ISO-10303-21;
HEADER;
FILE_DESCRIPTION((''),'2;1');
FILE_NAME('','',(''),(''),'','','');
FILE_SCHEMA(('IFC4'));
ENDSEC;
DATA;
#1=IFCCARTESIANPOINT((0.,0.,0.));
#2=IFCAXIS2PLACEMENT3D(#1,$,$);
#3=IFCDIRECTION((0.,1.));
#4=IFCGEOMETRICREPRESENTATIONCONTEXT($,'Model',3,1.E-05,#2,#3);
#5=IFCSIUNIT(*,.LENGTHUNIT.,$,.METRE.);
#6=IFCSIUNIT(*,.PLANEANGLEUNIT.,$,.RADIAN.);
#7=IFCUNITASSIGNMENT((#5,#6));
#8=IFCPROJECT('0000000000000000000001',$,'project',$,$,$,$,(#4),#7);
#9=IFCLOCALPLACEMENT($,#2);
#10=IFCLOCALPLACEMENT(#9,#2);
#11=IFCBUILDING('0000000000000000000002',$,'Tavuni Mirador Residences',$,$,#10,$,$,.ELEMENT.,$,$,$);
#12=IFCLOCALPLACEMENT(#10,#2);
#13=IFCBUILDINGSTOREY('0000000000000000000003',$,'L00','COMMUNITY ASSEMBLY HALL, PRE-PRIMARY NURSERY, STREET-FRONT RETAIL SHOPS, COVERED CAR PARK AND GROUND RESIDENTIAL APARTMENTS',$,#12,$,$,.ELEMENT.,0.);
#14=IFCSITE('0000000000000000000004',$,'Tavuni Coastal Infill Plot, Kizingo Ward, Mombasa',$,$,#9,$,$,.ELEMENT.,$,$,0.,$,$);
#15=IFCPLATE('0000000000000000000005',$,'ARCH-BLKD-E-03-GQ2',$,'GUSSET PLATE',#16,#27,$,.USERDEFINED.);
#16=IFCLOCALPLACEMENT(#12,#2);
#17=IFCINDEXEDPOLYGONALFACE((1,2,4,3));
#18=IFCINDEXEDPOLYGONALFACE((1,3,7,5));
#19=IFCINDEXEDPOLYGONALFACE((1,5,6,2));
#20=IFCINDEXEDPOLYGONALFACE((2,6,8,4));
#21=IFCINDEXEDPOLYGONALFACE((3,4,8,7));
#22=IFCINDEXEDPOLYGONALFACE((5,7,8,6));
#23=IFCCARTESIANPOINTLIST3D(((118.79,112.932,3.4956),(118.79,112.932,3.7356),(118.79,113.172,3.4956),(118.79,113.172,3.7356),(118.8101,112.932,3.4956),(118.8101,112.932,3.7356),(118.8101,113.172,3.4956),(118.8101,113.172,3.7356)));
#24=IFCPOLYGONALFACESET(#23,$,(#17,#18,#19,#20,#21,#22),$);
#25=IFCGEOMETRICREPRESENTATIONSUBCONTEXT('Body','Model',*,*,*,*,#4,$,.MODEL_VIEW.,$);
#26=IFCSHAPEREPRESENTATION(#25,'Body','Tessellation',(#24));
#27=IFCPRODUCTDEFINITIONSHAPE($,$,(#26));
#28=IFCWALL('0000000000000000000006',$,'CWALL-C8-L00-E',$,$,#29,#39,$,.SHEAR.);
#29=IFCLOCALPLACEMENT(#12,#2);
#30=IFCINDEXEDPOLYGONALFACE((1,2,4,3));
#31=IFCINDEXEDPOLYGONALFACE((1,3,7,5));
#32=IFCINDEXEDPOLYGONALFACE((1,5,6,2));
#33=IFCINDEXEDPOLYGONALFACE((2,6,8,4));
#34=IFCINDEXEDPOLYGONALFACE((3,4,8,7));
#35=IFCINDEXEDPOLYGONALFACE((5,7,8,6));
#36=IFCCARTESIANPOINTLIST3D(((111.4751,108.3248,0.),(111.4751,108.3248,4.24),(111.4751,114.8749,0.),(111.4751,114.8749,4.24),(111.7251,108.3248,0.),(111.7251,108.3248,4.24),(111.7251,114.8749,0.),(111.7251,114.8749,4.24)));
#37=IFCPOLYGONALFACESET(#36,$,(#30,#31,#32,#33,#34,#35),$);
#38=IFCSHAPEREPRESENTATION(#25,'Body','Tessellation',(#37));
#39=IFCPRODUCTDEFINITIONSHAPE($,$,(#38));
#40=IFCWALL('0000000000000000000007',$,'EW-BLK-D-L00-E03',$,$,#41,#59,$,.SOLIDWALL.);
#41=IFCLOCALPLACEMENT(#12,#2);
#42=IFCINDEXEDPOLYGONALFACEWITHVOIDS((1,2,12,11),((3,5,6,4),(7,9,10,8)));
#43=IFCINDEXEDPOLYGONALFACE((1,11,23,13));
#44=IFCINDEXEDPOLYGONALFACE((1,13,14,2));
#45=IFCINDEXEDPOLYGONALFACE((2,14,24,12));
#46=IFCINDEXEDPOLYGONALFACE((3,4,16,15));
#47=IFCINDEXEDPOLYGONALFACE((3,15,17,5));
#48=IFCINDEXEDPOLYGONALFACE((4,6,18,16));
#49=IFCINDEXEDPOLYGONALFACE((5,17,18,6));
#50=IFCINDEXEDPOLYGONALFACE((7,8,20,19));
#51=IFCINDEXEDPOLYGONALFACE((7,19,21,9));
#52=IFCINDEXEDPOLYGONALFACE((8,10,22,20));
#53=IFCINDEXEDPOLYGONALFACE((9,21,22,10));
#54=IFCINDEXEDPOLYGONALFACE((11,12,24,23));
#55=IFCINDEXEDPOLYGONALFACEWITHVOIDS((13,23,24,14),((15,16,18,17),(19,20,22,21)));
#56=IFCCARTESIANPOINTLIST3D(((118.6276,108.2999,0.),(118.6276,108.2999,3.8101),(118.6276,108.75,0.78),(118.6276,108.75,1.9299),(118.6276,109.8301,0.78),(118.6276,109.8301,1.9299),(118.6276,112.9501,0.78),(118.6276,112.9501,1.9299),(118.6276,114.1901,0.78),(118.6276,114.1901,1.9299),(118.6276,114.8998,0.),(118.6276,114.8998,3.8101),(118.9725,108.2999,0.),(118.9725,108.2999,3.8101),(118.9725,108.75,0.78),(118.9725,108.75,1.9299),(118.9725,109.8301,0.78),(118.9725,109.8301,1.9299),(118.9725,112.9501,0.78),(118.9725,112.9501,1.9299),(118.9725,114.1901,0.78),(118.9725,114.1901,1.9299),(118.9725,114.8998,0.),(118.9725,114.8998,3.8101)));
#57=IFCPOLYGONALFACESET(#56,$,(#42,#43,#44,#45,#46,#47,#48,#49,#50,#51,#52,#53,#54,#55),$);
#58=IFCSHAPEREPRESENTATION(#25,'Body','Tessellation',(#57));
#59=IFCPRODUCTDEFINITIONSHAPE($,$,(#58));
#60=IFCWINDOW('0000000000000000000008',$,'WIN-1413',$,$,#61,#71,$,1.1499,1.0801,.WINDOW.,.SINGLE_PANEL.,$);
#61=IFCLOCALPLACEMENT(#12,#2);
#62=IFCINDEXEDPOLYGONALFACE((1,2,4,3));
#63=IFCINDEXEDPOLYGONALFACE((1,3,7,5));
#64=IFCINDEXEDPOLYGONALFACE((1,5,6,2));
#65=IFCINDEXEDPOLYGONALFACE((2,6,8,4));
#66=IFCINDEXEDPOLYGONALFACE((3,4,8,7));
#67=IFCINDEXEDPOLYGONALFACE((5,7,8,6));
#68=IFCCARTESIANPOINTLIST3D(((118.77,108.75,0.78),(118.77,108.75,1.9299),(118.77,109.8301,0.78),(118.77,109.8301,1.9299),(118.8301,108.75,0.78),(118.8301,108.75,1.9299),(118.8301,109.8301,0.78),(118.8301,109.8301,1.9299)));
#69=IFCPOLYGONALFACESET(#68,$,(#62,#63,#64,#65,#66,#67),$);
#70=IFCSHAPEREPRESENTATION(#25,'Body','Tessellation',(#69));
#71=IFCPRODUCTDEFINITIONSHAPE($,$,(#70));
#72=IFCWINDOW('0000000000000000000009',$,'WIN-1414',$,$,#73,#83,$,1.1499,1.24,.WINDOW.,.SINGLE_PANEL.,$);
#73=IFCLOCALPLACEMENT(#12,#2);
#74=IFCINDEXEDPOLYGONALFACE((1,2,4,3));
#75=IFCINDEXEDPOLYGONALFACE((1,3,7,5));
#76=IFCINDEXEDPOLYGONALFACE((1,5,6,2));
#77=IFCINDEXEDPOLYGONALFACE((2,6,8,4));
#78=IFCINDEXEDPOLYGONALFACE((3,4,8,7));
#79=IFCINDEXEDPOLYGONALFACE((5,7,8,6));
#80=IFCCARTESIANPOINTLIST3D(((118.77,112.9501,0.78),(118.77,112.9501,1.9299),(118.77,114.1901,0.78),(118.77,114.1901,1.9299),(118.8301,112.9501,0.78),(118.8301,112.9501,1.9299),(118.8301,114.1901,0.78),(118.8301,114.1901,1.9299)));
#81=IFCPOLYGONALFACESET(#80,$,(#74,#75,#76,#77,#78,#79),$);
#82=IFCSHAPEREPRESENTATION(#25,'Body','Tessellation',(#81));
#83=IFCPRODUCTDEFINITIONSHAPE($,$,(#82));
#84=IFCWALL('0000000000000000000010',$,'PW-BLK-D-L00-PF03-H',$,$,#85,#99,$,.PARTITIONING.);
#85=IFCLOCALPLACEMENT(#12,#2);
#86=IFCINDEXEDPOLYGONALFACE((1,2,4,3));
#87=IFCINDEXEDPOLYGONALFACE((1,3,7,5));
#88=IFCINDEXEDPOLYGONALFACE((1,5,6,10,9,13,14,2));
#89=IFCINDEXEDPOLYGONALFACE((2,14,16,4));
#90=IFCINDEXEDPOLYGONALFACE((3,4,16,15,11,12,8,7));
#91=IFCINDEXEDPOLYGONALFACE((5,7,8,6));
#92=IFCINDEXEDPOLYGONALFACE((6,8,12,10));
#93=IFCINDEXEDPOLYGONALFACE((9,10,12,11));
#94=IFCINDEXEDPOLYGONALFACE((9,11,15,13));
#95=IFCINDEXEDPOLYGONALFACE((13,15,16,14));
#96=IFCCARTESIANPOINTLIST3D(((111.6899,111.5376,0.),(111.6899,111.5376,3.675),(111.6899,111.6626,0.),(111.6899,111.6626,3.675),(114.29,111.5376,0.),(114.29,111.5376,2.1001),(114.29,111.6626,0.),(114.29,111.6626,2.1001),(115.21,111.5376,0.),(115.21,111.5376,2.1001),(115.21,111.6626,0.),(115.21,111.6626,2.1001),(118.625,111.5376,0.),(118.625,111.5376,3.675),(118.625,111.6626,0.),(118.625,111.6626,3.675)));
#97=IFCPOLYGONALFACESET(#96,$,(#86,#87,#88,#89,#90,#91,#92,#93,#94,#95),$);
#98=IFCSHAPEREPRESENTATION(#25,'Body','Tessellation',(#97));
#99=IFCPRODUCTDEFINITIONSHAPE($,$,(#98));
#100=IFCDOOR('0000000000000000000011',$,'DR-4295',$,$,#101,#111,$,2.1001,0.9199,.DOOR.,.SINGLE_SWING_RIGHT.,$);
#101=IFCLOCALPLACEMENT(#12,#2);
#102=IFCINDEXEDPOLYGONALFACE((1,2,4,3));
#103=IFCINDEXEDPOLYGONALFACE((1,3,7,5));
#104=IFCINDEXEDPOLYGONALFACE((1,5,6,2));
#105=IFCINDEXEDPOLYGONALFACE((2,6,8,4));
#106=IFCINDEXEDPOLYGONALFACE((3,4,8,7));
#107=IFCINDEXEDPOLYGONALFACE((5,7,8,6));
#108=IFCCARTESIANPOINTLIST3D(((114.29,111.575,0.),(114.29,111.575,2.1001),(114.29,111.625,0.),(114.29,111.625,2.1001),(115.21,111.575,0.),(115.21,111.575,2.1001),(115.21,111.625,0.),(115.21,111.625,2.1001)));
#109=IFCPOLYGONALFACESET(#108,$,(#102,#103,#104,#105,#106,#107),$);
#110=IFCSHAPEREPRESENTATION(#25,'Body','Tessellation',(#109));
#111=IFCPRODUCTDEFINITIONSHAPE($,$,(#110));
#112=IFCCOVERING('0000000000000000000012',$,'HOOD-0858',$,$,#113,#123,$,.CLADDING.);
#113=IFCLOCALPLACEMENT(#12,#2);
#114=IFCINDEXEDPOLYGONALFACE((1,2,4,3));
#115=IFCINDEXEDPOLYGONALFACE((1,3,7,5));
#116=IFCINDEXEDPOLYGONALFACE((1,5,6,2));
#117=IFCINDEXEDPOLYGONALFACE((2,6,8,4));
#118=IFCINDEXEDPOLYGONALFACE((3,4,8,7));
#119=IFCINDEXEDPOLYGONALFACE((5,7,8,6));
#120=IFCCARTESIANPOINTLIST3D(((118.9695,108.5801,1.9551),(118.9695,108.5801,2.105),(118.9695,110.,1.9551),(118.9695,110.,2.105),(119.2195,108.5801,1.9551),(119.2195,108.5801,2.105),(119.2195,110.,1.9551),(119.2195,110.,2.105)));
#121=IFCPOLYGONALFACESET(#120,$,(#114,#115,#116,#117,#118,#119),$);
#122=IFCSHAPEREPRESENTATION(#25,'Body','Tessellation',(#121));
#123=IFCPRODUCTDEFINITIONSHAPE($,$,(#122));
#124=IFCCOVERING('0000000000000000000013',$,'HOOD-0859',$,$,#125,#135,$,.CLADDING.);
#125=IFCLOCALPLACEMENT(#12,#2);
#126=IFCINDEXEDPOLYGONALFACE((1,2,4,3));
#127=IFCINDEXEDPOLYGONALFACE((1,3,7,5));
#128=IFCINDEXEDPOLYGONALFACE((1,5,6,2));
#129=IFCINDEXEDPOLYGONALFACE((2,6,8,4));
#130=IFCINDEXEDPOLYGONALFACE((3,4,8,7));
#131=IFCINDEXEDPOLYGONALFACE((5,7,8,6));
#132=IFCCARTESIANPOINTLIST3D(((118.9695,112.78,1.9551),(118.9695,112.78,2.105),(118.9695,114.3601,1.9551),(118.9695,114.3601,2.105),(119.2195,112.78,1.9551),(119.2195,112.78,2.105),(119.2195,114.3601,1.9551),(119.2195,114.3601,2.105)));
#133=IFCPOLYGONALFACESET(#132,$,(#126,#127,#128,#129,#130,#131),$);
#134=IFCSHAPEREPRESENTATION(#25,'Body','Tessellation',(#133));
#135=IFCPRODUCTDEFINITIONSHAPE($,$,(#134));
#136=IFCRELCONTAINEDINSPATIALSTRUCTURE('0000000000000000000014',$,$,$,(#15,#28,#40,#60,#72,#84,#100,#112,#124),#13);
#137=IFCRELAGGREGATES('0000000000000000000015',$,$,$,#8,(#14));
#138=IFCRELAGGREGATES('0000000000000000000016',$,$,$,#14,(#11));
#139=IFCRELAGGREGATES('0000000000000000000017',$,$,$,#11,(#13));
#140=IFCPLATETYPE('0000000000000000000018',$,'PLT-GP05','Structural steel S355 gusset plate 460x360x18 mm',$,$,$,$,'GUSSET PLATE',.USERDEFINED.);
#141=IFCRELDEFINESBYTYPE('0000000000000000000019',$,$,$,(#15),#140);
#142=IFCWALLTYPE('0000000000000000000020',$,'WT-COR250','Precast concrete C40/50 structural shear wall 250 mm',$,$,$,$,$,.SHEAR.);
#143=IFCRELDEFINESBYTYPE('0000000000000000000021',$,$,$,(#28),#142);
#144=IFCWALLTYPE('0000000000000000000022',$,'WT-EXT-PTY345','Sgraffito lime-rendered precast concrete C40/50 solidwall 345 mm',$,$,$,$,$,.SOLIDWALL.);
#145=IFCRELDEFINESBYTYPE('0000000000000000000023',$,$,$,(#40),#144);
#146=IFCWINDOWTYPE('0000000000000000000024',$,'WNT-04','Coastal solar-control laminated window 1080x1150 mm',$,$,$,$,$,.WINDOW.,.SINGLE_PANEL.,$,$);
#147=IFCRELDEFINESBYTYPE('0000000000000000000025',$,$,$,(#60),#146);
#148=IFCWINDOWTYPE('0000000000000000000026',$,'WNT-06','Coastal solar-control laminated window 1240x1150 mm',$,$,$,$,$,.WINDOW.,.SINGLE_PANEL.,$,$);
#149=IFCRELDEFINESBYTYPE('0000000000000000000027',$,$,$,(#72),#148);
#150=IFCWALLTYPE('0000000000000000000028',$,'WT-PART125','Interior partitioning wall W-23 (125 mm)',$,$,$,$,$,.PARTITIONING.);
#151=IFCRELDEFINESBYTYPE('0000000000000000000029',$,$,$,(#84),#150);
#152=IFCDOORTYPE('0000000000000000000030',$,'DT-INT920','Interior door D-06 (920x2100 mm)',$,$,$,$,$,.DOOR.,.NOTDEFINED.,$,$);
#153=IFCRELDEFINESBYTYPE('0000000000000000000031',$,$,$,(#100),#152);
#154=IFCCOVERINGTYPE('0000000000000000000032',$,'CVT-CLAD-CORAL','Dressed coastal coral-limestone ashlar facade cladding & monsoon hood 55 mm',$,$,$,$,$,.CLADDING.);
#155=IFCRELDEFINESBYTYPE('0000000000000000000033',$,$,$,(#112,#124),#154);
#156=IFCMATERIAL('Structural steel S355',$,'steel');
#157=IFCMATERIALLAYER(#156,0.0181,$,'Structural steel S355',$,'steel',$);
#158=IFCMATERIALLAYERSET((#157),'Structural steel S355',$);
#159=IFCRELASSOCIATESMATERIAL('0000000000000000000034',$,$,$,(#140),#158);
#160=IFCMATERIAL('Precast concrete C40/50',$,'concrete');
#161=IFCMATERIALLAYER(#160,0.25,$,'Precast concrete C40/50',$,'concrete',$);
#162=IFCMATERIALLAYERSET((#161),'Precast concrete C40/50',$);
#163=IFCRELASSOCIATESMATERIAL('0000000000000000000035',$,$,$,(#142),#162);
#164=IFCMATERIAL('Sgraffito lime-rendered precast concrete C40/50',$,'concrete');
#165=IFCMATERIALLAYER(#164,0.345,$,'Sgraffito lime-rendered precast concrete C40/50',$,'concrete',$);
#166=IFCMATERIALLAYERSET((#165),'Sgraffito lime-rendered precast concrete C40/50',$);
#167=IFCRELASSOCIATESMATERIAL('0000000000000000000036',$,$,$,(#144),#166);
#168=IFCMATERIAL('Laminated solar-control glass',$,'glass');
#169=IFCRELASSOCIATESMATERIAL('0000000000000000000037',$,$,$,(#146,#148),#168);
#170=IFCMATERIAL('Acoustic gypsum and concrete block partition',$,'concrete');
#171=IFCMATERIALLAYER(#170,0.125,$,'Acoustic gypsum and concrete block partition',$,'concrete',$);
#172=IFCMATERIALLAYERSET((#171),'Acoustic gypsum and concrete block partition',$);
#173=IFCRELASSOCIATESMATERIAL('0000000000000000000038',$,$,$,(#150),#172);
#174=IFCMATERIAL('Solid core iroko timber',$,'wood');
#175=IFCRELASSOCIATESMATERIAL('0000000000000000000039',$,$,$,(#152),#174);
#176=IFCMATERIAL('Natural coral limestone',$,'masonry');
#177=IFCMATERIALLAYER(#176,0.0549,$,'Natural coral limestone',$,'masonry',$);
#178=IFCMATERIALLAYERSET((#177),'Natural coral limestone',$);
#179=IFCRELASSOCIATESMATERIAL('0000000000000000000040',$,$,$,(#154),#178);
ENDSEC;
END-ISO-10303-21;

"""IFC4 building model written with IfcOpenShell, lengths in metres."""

from ifc_helpers import new_model, si_unit, direction, frame, frame_2d, origin, origin_2d, place, context, subcontext, project, spatial, rectangle, extrude, material, layer, layer_set, type_object, element, fill, save


model = new_model("IFC4")

# Units and contexts
model_context = context("Model", 3, precision=1e-05, world=origin(), true_north=direction((0.0, 1.0)))
body_context = subcontext(model_context, "Body", "Model", "MODEL_VIEW")
ifc_project = project(units=[si_unit("LENGTHUNIT", "METRE"), si_unit("PLANEANGLEUNIT", "RADIAN")], contexts=[model_context])

# Site, building, storey
site_placement = place(None, origin())
site = spatial("IfcSite", under=ifc_project, at=site_placement, Name="Tavuni Coastal Infill Plot, Kizingo Ward, Mombasa", CompositionType="ELEMENT", RefElevation=0.0)
building_placement = place(site_placement, origin())
building = spatial("IfcBuilding", under=site, at=building_placement, Name="Tavuni Mirador Residences", CompositionType="ELEMENT")
storey_placement = place(building_placement, origin())
storey = spatial("IfcBuildingStorey", under=building, at=storey_placement, Name="L00", Description="COMMUNITY ASSEMBLY HALL, PRE-PRIMARY NURSERY, STREET-FRONT RETAIL SHOPS, COVERED CAR PARK AND GROUND RESIDENTIAL APARTMENTS", CompositionType="ELEMENT", Elevation=0.0)

# Shared definitions
ifc_material_1 = material(Name="Precast concrete C40/50", Category="concrete")

# Shared definitions
ifc_material_2 = material(Name="Structural steel S355", Category="steel")

# Plate
ifc_layer_1 = layer(ifc_material_2, 0.0181, Name="Structural steel S355", Category="steel")
ifc_layer_set_1 = layer_set([ifc_layer_1], Name="Structural steel S355")
plate_type = type_object("IfcPlateType", Name="PLT-GP05", Description="Structural steel S355 gusset plate 460x360x18 mm", ElementType="GUSSET PLATE", PredefinedType="USERDEFINED", material=ifc_layer_set_1)
for number, where, z_axis, x_axis, name in (
    (1, (118.8, 113.052, 3.4956), (0.0, 0.0, 1.0), (1.0, 0.0, 0.0), "ARCH-BLKD-E-03-GQ2"),
):
    element("IfcPlate", number, at=place(storey_placement, frame(where, z_axis=z_axis, x_axis=x_axis)), inside=storey, type_object=plate_type, Name=name, ObjectType="GUSSET PLATE", PredefinedType="USERDEFINED", context=body_context, shape_type="SweptSolid", body=[
        extrude(rectangle(XDim=0.02, YDim=0.24, at=origin_2d()), origin(), (0.0, 0.0, 1.0), 0.24),
    ])

# Wall
ifc_layer_2 = layer(ifc_material_1, 0.25, Name="Precast concrete C40/50", Category="concrete")
ifc_layer_set_2 = layer_set([ifc_layer_2], Name="Precast concrete C40/50")
wall_type_1 = type_object("IfcWallType", Name="WT-COR250", Description="Precast concrete C40/50 structural shear wall 250 mm", PredefinedType="SHEAR", material=ifc_layer_set_2)
wall_1_placement = place(storey_placement, frame((111.6001, 108.325, 0.0), z_axis=(0.0, 0.0, 1.0), x_axis=(0.0, 1.0, 0.0)))
element("IfcWall", 2, at=wall_1_placement, inside=storey, type_object=wall_type_1, Name="CWALL-C8-L00-E", PredefinedType="SHEAR", context=body_context, shape_type="SweptSolid", body=[
    extrude(rectangle(XDim=6.55, YDim=0.25, at=frame_2d((3.2749, 0.0))), origin(), (0.0, 0.0, 1.0), 4.24),
])

# Wall, openings, windows
ifc_material_3 = material(Name="Sgraffito lime-rendered precast concrete C40/50", Category="concrete")
ifc_layer_3 = layer(ifc_material_3, 0.345, Name="Sgraffito lime-rendered precast concrete C40/50", Category="concrete")
ifc_layer_set_3 = layer_set([ifc_layer_3], Name="Sgraffito lime-rendered precast concrete C40/50")
wall_type_2 = type_object("IfcWallType", Name="WT-EXT-PTY345", Description="Sgraffito lime-rendered precast concrete C40/50 solidwall 345 mm", PredefinedType="SOLIDWALL", material=ifc_layer_set_3)
wall_2_placement = place(storey_placement, frame((118.8, 108.3, 0.0), z_axis=(0.0, 0.0, 1.0), x_axis=(0.0, 1.0, 0.0)))
wall_2 = element("IfcWall", 3, at=wall_2_placement, inside=storey, type_object=wall_type_2, Name="EW-BLK-D-L00-E03", PredefinedType="SOLIDWALL", context=body_context, shape_type="SweptSolid", body=[
    extrude(rectangle(XDim=6.5999, YDim=0.345, at=frame_2d((3.2998, 0.0))), origin(), (0.0, 0.0, 1.0), 3.8101),
])
opening_1_placement = place(wall_2_placement, frame((0.45, 0.0, 0.78)))
opening_1 = element("IfcOpeningElement", 4, at=opening_1_placement, cuts=wall_2, PredefinedType="OPENING", context=body_context, shape_type="SweptSolid", body=[
    extrude(rectangle(XDim=1.0801, YDim=1.1499, at=frame_2d((0.54, 0.575))), frame((0.0, 0.1826, 0.0), z_axis=(0.0, -1.0, 0.0), x_axis=(1.0, 0.0, 0.0)), (0.0, 0.0, 1.0), 0.365),
])
opening_2_placement = place(wall_2_placement, frame((4.6499, 0.0, 0.78)))
opening_2 = element("IfcOpeningElement", 5, at=opening_2_placement, cuts=wall_2, PredefinedType="OPENING", context=body_context, shape_type="SweptSolid", body=[
    extrude(rectangle(XDim=1.24, YDim=1.1499, at=frame_2d((0.6201, 0.575))), frame((0.0, 0.1826, 0.0), z_axis=(0.0, -1.0, 0.0), x_axis=(1.0, 0.0, 0.0)), (0.0, 0.0, 1.0), 0.365),
])
ifc_material_4 = material(Name="Laminated solar-control glass", Category="glass")
window_type_1 = type_object("IfcWindowType", Name="WNT-04", Description="Coastal solar-control laminated window 1080x1150 mm", PartitioningType="SINGLE_PANEL", PredefinedType="WINDOW", material=ifc_material_4)
window_1_placement = place(opening_1_placement, origin())
window_1 = element("IfcWindow", 6, at=window_1_placement, inside=storey, type_object=window_type_1, Name="WIN-1413", OverallHeight=1.1499, OverallWidth=1.0801, PartitioningType="SINGLE_PANEL", PredefinedType="WINDOW", context=body_context, shape_type="SweptSolid", body=[
    extrude(rectangle(XDim=1.0801, YDim=1.1499, at=frame_2d((0.54, 0.575))), frame((0.0, 0.03, 0.0), z_axis=(0.0, -1.0, 0.0), x_axis=(1.0, 0.0, 0.0)), (0.0, 0.0, 1.0), 0.0601),
])
fill(opening_1, window_1)
window_type_2 = type_object("IfcWindowType", Name="WNT-06", Description="Coastal solar-control laminated window 1240x1150 mm", PartitioningType="SINGLE_PANEL", PredefinedType="WINDOW", material=ifc_material_4)
window_2_placement = place(opening_2_placement, origin())
window_2 = element("IfcWindow", 7, at=window_2_placement, inside=storey, type_object=window_type_2, Name="WIN-1414", OverallHeight=1.1499, OverallWidth=1.24, PartitioningType="SINGLE_PANEL", PredefinedType="WINDOW", context=body_context, shape_type="SweptSolid", body=[
    extrude(rectangle(XDim=1.24, YDim=1.1499, at=frame_2d((0.6201, 0.575))), frame((0.0, 0.03, 0.0), z_axis=(0.0, -1.0, 0.0), x_axis=(1.0, 0.0, 0.0)), (0.0, 0.0, 1.0), 0.0601),
])
fill(opening_2, window_2)

# Wall, opening, door
ifc_material_5 = material(Name="Acoustic gypsum and concrete block partition", Category="concrete")
ifc_layer_4 = layer(ifc_material_5, 0.125, Name="Acoustic gypsum and concrete block partition", Category="concrete")
ifc_layer_set_4 = layer_set([ifc_layer_4], Name="Acoustic gypsum and concrete block partition")
wall_type_3 = type_object("IfcWallType", Name="WT-PART125", Description="Interior partitioning wall W-23 (125 mm)", PredefinedType="PARTITIONING", material=ifc_layer_set_4)
wall_3_placement = place(storey_placement, frame((111.6899, 111.6001, 0.0), z_axis=(0.0, 0.0, 1.0), x_axis=(1.0, 0.0, 0.0)))
wall_3 = element("IfcWall", 8, at=wall_3_placement, inside=storey, type_object=wall_type_3, Name="PW-BLK-D-L00-PF03-H", PredefinedType="PARTITIONING", context=body_context, shape_type="SweptSolid", body=[
    extrude(rectangle(XDim=6.9351, YDim=0.125, at=frame_2d((3.4675, 0.0))), origin(), (0.0, 0.0, 1.0), 3.675),
])
opening_3_placement = place(wall_3_placement, frame((2.6001, 0.0, 0.0)))
opening_3 = element("IfcOpeningElement", 9, at=opening_3_placement, cuts=wall_3, PredefinedType="OPENING", context=body_context, shape_type="SweptSolid", body=[
    extrude(rectangle(XDim=0.9199, YDim=2.1001, at=frame_2d((0.46, 1.05))), frame((0.0, 0.0725, 0.0), z_axis=(0.0, -1.0, 0.0), x_axis=(1.0, 0.0, 0.0)), (0.0, 0.0, 1.0), 0.145),
])
ifc_material_6 = material(Name="Solid core iroko timber", Category="wood")
door_type_1 = type_object("IfcDoorType", Name="DT-INT920", Description="Interior door D-06 (920x2100 mm)", OperationType="NOTDEFINED", PredefinedType="DOOR", material=ifc_material_6)
door_1_placement = place(opening_3_placement, origin())
door_1 = element("IfcDoor", 10, at=door_1_placement, inside=storey, type_object=door_type_1, Name="DR-4295", OperationType="SINGLE_SWING_RIGHT", OverallHeight=2.1001, OverallWidth=0.9199, PredefinedType="DOOR", context=body_context, shape_type="SweptSolid", body=[
    extrude(rectangle(XDim=0.9199, YDim=2.1001, at=frame_2d((0.46, 1.05))), frame((0.0, 0.0249, 0.0), z_axis=(0.0, -1.0, 0.0), x_axis=(1.0, 0.0, 0.0)), (0.0, 0.0, 1.0), 0.05),
])
fill(opening_3, door_1)

# Coverings
ifc_material_7 = material(Name="Natural coral limestone", Category="masonry")
ifc_layer_5 = layer(ifc_material_7, 0.0549, Name="Natural coral limestone", Category="masonry")
ifc_layer_set_5 = layer_set([ifc_layer_5], Name="Natural coral limestone")
covering_type = type_object("IfcCoveringType", Name="CVT-CLAD-CORAL", Description="Dressed coastal coral-limestone ashlar facade cladding & monsoon hood 55 mm", PredefinedType="CLADDING", material=ifc_layer_set_5)
covering_1_placement = place(storey_placement, frame((119.0945, 109.29, 1.9551), z_axis=(0.0, 0.0, 1.0), x_axis=(0.0, 1.0, 0.0)))
element("IfcCovering", 11, at=covering_1_placement, inside=storey, type_object=covering_type, Name="HOOD-0858", PredefinedType="CLADDING", context=body_context, shape_type="SweptSolid", body=[
    extrude(rectangle(XDim=1.4199, YDim=0.25, at=origin_2d()), origin(), (0.0, 0.0, 1.0), 0.1499),
])
covering_2_placement = place(storey_placement, frame((119.0945, 113.5701, 1.9551), z_axis=(0.0, 0.0, 1.0), x_axis=(0.0, 1.0, 0.0)))
element("IfcCovering", 12, at=covering_2_placement, inside=storey, type_object=covering_type, Name="HOOD-0859", PredefinedType="CLADDING", context=body_context, shape_type="SweptSolid", body=[
    extrude(rectangle(XDim=1.5801, YDim=0.25, at=origin_2d()), origin(), (0.0, 0.0, 1.0), 0.1499),
])

save(model, "model.ifc")
